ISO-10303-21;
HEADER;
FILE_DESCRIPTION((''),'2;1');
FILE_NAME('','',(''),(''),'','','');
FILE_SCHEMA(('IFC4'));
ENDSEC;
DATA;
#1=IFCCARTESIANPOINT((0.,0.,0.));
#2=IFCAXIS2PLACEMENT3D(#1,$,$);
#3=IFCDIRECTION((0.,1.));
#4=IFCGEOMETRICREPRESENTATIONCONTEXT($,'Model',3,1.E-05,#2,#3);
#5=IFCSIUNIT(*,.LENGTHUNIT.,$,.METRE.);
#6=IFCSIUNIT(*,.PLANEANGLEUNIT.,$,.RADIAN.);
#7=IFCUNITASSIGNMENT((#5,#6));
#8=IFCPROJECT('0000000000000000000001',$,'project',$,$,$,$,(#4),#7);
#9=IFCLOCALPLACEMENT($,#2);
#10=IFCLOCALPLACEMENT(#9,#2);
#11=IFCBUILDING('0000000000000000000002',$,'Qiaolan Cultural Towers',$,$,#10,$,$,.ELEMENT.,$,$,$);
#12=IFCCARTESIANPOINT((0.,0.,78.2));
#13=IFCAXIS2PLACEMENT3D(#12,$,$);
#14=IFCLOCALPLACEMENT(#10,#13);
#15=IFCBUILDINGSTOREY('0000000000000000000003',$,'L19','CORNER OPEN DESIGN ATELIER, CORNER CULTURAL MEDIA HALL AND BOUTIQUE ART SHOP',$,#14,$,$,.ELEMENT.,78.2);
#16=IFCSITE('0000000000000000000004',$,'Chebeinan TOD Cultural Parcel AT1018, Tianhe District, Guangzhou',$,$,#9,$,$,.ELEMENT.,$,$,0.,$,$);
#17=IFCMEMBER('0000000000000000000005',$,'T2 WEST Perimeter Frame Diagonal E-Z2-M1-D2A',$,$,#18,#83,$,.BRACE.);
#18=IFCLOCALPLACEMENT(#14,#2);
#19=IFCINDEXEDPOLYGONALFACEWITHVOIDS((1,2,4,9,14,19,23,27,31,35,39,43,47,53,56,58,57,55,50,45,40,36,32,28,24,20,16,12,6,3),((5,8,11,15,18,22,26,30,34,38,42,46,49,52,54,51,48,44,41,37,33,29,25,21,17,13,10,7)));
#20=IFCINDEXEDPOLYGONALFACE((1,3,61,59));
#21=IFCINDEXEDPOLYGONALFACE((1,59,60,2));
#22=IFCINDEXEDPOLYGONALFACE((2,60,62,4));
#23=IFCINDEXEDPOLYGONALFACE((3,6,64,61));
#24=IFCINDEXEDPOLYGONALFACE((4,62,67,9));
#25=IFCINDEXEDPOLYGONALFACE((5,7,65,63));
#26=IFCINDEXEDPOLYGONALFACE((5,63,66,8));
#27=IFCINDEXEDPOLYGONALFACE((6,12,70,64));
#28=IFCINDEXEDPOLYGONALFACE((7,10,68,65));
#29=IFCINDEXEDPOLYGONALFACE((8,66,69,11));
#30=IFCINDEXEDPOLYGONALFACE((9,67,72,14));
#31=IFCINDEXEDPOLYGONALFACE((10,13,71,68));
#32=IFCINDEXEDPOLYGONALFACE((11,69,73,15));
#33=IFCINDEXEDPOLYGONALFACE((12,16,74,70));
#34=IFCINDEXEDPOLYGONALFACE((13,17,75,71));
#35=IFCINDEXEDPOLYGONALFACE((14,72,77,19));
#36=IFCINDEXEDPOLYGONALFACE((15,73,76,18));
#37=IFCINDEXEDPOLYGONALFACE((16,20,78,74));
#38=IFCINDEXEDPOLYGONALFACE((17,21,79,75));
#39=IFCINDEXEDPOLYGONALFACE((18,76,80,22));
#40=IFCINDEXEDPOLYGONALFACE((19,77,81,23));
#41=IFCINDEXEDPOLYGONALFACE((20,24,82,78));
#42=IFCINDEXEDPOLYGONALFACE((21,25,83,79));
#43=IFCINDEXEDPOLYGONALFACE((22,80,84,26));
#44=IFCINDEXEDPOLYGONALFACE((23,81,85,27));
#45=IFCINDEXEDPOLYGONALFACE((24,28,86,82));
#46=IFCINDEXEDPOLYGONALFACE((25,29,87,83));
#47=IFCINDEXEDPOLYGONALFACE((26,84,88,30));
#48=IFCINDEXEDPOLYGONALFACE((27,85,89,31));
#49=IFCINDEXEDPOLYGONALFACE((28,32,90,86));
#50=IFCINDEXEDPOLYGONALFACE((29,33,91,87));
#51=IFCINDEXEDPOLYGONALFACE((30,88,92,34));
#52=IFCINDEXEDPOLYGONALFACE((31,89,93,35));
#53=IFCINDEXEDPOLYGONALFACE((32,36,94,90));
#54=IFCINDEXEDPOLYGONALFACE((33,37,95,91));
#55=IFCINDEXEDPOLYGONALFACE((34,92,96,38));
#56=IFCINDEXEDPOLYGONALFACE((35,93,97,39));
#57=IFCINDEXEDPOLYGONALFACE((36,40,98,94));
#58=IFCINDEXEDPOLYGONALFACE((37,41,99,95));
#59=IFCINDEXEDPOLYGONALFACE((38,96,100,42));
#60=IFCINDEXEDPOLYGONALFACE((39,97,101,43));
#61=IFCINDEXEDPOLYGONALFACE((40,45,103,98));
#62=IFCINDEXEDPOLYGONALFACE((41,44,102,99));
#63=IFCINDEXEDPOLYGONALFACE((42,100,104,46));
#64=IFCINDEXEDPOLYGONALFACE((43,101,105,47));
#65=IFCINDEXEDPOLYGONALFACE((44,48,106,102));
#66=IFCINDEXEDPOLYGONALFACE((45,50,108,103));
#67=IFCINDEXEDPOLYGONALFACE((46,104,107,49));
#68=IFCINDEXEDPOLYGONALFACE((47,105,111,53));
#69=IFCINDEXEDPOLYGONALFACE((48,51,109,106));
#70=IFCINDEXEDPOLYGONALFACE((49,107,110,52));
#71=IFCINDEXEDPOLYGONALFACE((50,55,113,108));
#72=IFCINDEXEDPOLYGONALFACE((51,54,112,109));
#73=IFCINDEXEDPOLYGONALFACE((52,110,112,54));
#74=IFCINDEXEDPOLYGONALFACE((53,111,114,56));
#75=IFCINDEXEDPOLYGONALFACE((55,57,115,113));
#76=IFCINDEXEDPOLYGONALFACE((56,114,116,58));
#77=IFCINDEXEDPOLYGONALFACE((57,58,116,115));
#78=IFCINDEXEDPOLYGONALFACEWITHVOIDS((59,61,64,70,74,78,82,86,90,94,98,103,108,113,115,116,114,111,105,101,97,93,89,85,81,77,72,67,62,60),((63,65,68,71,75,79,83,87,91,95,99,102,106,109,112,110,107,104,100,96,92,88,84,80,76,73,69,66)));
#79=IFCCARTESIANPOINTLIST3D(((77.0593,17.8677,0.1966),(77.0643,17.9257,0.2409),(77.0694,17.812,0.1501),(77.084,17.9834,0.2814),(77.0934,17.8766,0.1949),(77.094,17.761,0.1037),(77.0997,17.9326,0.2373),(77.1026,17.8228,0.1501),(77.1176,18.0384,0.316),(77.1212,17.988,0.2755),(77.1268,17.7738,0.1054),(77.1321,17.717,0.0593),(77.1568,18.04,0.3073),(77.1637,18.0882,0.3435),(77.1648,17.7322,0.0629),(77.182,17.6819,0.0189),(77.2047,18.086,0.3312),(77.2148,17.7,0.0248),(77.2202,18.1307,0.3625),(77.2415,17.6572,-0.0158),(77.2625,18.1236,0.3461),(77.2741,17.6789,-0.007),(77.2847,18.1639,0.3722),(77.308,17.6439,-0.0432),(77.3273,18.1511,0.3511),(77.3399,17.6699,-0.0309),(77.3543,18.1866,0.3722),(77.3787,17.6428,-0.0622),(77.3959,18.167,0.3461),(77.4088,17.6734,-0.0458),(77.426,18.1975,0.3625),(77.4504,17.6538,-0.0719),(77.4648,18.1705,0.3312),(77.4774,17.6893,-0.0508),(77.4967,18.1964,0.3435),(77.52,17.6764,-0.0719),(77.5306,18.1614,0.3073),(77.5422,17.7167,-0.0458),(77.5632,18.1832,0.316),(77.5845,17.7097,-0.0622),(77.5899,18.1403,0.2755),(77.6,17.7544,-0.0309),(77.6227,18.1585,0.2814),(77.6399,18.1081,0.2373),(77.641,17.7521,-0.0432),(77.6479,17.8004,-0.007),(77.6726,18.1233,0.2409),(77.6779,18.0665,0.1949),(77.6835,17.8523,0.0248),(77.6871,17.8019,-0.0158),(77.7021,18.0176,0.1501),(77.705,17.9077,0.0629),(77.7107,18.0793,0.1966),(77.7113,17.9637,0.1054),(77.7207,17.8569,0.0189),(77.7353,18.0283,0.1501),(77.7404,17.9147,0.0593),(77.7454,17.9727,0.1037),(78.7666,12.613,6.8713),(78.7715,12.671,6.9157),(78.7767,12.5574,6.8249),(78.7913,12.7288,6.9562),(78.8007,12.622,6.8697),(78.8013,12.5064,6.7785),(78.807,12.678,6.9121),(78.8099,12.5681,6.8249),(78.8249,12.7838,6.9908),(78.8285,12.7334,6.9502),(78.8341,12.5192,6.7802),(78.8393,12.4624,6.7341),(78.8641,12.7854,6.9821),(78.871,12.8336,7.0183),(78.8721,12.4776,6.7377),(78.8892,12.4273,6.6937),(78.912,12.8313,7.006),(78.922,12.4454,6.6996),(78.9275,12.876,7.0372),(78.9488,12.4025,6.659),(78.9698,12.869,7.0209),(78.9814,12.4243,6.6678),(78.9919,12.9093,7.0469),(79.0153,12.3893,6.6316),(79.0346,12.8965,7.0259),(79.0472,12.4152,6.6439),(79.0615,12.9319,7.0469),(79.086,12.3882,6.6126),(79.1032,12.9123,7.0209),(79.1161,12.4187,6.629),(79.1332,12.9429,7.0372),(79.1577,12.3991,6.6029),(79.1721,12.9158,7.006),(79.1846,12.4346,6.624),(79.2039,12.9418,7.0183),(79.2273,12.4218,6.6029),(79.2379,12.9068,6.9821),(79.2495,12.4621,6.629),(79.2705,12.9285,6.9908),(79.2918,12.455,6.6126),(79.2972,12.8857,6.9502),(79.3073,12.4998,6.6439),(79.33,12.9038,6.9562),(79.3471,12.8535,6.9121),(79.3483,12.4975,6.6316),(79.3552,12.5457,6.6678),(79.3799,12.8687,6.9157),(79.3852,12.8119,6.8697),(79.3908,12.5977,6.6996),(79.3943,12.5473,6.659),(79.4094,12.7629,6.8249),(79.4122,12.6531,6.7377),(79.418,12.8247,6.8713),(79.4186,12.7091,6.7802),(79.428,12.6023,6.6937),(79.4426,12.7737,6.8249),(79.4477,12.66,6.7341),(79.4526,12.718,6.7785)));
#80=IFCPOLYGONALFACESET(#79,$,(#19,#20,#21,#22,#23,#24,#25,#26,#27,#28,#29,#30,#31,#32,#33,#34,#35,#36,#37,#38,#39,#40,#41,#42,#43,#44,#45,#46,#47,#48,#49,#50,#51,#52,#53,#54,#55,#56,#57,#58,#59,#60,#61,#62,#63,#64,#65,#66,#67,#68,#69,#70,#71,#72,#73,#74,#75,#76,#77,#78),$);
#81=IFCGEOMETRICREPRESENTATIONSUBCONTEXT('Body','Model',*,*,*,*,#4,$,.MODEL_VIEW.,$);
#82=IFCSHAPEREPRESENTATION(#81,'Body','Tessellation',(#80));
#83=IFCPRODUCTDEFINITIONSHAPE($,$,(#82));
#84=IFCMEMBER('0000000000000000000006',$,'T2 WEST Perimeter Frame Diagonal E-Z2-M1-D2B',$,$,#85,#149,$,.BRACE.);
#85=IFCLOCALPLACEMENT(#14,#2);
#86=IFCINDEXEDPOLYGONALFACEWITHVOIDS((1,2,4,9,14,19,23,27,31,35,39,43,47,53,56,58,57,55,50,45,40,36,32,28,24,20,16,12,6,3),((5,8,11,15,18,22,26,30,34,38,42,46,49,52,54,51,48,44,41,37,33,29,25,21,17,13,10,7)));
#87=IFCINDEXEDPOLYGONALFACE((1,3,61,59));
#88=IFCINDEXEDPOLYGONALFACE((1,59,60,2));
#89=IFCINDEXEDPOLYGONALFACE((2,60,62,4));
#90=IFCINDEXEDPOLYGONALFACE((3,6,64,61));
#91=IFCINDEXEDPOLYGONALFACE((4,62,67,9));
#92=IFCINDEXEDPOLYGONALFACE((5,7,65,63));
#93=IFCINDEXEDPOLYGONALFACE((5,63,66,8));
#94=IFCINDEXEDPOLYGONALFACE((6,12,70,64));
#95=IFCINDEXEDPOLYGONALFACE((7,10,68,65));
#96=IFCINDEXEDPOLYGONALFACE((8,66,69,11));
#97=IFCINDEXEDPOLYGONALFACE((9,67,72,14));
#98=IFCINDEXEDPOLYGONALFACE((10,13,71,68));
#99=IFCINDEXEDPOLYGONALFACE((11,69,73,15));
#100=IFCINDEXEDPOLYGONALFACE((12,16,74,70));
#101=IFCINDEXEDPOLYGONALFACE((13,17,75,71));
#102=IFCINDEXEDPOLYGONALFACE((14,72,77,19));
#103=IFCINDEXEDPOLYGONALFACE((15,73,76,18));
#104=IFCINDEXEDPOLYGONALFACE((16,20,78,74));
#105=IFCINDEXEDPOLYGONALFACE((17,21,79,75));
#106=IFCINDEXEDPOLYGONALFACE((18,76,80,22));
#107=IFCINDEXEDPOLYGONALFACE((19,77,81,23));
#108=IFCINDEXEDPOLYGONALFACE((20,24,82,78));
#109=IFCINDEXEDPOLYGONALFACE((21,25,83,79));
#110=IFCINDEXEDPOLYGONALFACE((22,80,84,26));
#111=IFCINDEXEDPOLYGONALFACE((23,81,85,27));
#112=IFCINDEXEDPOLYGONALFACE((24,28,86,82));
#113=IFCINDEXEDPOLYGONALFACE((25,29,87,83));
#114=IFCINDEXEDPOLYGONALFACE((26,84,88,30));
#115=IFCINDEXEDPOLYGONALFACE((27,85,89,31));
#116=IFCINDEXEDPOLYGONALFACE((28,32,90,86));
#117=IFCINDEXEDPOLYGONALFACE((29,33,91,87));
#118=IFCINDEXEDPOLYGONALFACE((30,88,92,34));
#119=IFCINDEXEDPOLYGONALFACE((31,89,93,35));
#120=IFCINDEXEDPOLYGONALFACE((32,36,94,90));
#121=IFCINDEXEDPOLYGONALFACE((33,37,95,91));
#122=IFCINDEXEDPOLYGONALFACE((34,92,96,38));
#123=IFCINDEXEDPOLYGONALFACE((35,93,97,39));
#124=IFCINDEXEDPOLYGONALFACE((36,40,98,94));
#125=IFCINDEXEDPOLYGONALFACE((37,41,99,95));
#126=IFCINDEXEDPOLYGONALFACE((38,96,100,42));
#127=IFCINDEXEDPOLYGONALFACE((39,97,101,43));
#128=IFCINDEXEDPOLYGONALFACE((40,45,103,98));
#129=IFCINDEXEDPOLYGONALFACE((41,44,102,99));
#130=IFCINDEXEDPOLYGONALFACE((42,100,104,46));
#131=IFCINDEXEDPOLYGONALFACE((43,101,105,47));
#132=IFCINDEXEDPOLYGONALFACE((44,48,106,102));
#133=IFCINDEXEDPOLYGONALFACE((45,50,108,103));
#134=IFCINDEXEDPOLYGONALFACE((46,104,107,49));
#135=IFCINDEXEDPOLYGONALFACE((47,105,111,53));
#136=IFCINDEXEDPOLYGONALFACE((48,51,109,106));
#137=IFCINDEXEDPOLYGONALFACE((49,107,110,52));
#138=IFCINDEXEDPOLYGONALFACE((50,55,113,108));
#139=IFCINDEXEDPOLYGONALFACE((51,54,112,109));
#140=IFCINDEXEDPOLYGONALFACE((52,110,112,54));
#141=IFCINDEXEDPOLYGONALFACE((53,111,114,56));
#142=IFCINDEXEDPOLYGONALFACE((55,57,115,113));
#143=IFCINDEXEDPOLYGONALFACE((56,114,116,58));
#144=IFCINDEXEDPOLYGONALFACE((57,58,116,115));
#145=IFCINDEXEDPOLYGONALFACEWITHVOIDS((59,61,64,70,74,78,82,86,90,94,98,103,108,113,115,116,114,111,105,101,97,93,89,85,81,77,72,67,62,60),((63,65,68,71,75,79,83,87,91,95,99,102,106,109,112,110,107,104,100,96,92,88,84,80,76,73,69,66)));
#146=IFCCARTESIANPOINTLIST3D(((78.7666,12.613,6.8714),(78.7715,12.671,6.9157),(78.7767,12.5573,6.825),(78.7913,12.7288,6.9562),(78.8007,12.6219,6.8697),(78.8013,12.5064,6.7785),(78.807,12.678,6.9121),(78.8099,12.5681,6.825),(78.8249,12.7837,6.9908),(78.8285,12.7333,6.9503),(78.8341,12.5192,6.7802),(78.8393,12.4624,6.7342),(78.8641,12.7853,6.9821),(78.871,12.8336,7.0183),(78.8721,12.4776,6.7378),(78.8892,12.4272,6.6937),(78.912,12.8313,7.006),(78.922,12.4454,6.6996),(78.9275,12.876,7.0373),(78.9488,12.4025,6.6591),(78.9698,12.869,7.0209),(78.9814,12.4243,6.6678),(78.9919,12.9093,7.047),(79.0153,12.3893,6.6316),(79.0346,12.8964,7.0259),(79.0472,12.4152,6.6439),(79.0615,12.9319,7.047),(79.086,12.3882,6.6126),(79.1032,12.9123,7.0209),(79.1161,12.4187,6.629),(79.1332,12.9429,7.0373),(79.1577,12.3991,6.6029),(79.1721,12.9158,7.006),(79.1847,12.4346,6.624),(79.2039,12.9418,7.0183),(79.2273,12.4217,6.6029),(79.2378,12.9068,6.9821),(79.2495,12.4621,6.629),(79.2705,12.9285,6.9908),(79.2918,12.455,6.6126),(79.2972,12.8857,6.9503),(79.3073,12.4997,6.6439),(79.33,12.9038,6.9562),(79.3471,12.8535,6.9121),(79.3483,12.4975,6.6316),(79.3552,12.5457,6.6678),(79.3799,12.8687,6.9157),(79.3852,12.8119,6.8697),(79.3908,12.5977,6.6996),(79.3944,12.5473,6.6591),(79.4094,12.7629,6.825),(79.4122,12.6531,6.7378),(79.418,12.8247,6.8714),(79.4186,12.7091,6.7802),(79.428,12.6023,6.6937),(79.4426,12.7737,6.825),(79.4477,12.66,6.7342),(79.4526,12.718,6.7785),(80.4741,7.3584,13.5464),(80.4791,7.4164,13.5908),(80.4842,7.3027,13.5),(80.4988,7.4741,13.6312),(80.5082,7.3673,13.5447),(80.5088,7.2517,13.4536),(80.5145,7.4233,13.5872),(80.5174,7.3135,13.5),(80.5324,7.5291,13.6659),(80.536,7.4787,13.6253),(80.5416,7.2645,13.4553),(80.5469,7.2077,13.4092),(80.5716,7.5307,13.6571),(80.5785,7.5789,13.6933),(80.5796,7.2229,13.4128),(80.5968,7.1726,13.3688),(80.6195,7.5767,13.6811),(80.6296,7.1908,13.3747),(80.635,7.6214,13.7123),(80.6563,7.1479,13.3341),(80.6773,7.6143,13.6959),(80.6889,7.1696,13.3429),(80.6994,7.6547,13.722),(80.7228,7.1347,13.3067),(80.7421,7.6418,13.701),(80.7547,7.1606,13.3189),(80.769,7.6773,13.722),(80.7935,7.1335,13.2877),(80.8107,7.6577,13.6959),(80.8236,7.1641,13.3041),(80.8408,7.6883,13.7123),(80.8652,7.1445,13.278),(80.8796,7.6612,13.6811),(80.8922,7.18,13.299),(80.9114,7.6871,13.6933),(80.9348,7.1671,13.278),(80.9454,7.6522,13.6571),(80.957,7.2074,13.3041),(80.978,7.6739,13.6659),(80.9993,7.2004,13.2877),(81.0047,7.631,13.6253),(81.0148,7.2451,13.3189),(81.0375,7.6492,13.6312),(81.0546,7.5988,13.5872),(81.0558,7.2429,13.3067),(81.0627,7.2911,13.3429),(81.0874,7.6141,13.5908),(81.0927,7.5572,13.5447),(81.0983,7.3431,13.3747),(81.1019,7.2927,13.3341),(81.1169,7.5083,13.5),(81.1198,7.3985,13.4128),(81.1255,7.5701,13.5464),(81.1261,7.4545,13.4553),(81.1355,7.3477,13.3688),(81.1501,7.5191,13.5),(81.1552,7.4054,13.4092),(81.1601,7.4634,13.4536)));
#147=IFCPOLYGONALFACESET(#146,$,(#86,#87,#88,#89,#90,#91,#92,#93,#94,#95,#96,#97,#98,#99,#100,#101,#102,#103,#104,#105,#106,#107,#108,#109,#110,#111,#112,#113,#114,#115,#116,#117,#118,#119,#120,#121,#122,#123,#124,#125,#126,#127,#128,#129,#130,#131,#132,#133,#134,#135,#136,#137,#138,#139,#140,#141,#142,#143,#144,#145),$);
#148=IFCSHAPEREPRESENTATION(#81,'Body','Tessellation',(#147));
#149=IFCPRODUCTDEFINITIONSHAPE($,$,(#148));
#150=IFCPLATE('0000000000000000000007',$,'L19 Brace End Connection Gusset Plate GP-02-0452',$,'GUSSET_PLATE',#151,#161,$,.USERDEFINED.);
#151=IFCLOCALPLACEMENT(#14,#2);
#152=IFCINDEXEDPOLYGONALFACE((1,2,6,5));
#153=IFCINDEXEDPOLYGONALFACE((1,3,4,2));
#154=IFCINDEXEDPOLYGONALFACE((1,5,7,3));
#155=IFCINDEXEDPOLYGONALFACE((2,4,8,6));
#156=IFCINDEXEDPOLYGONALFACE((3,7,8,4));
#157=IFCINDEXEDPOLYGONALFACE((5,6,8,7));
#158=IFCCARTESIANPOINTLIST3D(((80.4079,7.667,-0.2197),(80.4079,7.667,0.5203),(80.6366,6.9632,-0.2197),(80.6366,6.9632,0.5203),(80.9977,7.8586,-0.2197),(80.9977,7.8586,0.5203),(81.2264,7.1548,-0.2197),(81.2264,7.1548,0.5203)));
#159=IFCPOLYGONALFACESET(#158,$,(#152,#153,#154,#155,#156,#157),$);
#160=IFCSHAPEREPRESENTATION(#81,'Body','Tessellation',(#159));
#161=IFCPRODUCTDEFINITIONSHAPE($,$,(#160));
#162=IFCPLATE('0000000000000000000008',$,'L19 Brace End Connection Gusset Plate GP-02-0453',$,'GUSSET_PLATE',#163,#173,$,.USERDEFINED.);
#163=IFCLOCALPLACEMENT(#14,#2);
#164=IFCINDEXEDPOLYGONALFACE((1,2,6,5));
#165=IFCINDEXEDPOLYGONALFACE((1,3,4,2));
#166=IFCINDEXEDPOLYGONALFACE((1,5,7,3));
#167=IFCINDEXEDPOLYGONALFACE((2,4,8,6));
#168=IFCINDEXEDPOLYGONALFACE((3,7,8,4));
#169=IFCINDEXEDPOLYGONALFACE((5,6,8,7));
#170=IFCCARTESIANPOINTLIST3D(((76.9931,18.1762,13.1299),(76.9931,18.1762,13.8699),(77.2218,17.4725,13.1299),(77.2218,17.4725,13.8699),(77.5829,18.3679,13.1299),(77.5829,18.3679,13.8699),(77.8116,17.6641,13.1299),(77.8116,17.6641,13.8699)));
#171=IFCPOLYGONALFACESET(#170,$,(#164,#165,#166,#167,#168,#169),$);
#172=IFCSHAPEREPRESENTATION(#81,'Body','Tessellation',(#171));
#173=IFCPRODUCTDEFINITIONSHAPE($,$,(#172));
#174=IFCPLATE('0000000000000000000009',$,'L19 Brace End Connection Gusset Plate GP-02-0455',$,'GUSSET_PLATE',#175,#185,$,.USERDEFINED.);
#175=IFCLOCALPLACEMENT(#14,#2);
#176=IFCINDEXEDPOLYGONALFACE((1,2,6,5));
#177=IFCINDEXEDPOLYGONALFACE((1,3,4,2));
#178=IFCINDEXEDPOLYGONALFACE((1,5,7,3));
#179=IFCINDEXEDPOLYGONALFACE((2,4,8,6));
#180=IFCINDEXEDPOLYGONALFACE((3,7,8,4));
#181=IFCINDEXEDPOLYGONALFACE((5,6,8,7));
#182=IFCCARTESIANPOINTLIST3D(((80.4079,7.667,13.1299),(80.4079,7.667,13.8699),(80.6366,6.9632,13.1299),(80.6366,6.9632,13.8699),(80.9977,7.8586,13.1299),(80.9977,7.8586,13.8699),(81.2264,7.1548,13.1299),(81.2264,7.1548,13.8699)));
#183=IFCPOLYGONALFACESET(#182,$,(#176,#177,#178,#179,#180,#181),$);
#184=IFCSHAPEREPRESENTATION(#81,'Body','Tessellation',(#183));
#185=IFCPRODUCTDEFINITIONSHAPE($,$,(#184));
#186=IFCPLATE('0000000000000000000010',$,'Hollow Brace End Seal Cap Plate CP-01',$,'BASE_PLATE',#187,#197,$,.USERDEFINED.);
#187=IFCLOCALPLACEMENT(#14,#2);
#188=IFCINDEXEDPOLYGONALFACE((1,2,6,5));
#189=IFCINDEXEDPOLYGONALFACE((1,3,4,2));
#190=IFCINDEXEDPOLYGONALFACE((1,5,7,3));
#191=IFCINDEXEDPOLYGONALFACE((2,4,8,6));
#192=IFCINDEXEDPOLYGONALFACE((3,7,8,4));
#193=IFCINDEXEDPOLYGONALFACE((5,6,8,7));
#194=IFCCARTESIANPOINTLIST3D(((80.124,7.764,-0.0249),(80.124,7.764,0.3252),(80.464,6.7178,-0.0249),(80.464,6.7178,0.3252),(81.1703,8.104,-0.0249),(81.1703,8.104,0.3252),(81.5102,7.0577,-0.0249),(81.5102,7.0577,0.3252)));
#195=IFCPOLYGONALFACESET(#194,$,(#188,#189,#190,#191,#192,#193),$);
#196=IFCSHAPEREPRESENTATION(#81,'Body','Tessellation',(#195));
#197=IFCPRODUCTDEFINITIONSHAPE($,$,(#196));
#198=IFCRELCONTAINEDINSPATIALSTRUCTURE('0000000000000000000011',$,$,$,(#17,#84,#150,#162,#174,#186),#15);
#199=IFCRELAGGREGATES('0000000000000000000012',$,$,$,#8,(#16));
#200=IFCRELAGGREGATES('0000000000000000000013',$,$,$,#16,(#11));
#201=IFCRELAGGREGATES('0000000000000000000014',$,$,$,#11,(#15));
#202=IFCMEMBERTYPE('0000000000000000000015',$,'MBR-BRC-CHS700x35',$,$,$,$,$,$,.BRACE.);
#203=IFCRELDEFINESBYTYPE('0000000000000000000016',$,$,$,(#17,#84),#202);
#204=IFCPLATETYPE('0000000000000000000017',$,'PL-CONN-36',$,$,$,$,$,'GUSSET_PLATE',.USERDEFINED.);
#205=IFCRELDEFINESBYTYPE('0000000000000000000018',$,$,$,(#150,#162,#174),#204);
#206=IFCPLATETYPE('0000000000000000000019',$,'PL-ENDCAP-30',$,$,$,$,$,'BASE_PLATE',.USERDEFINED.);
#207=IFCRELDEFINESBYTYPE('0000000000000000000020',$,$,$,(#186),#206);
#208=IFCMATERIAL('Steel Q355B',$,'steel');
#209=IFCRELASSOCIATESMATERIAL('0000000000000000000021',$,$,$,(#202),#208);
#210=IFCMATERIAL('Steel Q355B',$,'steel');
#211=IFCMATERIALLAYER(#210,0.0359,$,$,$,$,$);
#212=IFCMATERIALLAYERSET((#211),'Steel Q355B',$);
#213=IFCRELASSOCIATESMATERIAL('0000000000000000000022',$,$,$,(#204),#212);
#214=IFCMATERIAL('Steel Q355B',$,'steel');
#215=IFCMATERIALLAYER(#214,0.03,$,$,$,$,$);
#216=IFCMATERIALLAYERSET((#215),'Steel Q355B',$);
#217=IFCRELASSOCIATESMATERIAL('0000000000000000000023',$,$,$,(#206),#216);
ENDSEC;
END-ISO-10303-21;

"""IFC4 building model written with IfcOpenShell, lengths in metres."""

from ifc_helpers import new_model, si_unit, direction, frame, origin, origin_2d, place, context, subcontext, project, spatial, rectangle, hollow_circle, extrude, material, layer, layer_set, material_profile, profile_set, type_object, element, save


model = new_model("IFC4")

# Units and contexts
model_context = context("Model", 3, precision=1e-05, world=origin(), true_north=direction((0.0, 1.0)))
body_context = subcontext(model_context, "Body", "Model", "MODEL_VIEW")
ifc_project = project(units=[si_unit("LENGTHUNIT", "METRE"), si_unit("PLANEANGLEUNIT", "RADIAN")], contexts=[model_context])

# Site, building, storey
site_placement = place(None, origin())
site = spatial("IfcSite", under=ifc_project, at=site_placement, Name="Chebeinan TOD Cultural Parcel AT1018, Tianhe District, Guangzhou", CompositionType="ELEMENT", RefElevation=0.0)
building_placement = place(site_placement, origin())
building = spatial("IfcBuilding", under=site, at=building_placement, Name="Qiaolan Cultural Towers", CompositionType="ELEMENT")
storey_placement = place(building_placement, frame((0.0, 0.0, 78.2)))
storey = spatial("IfcBuildingStorey", under=building, at=storey_placement, Name="L19", Description="CORNER OPEN DESIGN ATELIER, CORNER CULTURAL MEDIA HALL AND BOUTIQUE ART SHOP", CompositionType="ELEMENT", Elevation=78.2)

# Members
ifc_material_1 = material(Name="Steel Q355B", Category="steel")
ifc_material_profile_1 = material_profile(ifc_material_1, hollow_circle(Radius=0.3501, WallThickness=0.0349, at=origin_2d()), Name="CHS700x35")
ifc_profile_set_1 = profile_set([ifc_material_profile_1], Name="Steel Q355B")
member_type = type_object("IfcMemberType", Name="MBR-BRC-CHS700x35", PredefinedType="BRACE", material=ifc_profile_set_1)
member_1_placement = place(storey_placement, frame((77.4023, 17.9202, 0.1501), z_axis=(0.197035, -0.606434, 0.770334), x_axis=(0.95106, 0.309007, 0.0)))
element("IfcMember", 1, at=member_1_placement, inside=storey, type_object=member_type, Name="T2 WEST Perimeter Frame Diagonal E-Z2-M1-D2A", PredefinedType="BRACE", context=body_context, shape_type="SweptSolid", body=[
    extrude(hollow_circle(Radius=0.3501, WallThickness=0.0349, at=origin_2d()), origin(), (0.0, 0.0, 1.0), 8.6648),
])
member_2_placement = place(storey_placement, frame((79.1096, 12.6655, 6.825), z_axis=(0.197058, -0.606417, 0.770341), x_axis=(0.951047, 0.309047, 0.0)))
element("IfcMember", 2, at=member_2_placement, inside=storey, type_object=member_type, Name="T2 WEST Perimeter Frame Diagonal E-Z2-M1-D2B", PredefinedType="BRACE", context=body_context, shape_type="SweptSolid", body=[
    extrude(hollow_circle(Radius=0.3501, WallThickness=0.0349, at=origin_2d()), origin(), (0.0, 0.0, 1.0), 8.665),
])

# Plates
ifc_material_2 = material(Name="Steel Q355B", Category="steel")
ifc_layer_1 = layer(ifc_material_2, 0.0359)
ifc_layer_set_1 = layer_set([ifc_layer_1], Name="Steel Q355B")
plate_type_1 = type_object("IfcPlateType", Name="PL-CONN-36", ElementType="GUSSET_PLATE", PredefinedType="USERDEFINED", material=ifc_layer_set_1)
for number, where, z_axis, x_axis, name in (
    (3, (80.8171, 7.4109, -0.2197), (0.0, 0.0, 1.0), (-0.309017, 0.951057, 0.0), "L19 Brace End Connection Gusset Plate GP-02-0452"),
    (4, (77.4023, 17.9202, 13.1299), (0.0, 0.0, 1.0), (-0.309017, 0.951057, 0.0), "L19 Brace End Connection Gusset Plate GP-02-0453"),
    (5, (80.8171, 7.4109, 13.1299), (0.0, 0.0, 1.0), (-0.309017, 0.951057, 0.0), "L19 Brace End Connection Gusset Plate GP-02-0455"),
):
    element("IfcPlate", number, at=place(storey_placement, frame(where, z_axis=z_axis, x_axis=x_axis)), inside=storey, type_object=plate_type_1, Name=name, ObjectType="GUSSET_PLATE", PredefinedType="USERDEFINED", context=body_context, shape_type="SweptSolid", body=[
        extrude(rectangle(XDim=0.74, YDim=0.6201, at=origin_2d()), origin(), (0.0, 0.0, 1.0), 0.74),
    ])
ifc_material_3 = material(Name="Steel Q355B", Category="steel")
ifc_layer_2 = layer(ifc_material_3, 0.03)
ifc_layer_set_2 = layer_set([ifc_layer_2], Name="Steel Q355B")
plate_type_2 = type_object("IfcPlateType", Name="PL-ENDCAP-30", ElementType="BASE_PLATE", PredefinedType="USERDEFINED", material=ifc_layer_set_2)
for number, where, z_axis, x_axis, name in (
    (6, (80.8171, 7.4109, -0.0249), (0.0, 0.0, 1.0), (-0.309017, 0.951057, 0.0), "Hollow Brace End Seal Cap Plate CP-01"),
):
    element("IfcPlate", number, at=place(storey_placement, frame(where, z_axis=z_axis, x_axis=x_axis)), inside=storey, type_object=plate_type_2, Name=name, ObjectType="BASE_PLATE", PredefinedType="USERDEFINED", context=body_context, shape_type="SweptSolid", body=[
        extrude(rectangle(XDim=1.1001, YDim=1.1001, at=origin_2d()), origin(), (0.0, 0.0, 1.0), 0.3501),
    ])

save(model, "model.ifc")
